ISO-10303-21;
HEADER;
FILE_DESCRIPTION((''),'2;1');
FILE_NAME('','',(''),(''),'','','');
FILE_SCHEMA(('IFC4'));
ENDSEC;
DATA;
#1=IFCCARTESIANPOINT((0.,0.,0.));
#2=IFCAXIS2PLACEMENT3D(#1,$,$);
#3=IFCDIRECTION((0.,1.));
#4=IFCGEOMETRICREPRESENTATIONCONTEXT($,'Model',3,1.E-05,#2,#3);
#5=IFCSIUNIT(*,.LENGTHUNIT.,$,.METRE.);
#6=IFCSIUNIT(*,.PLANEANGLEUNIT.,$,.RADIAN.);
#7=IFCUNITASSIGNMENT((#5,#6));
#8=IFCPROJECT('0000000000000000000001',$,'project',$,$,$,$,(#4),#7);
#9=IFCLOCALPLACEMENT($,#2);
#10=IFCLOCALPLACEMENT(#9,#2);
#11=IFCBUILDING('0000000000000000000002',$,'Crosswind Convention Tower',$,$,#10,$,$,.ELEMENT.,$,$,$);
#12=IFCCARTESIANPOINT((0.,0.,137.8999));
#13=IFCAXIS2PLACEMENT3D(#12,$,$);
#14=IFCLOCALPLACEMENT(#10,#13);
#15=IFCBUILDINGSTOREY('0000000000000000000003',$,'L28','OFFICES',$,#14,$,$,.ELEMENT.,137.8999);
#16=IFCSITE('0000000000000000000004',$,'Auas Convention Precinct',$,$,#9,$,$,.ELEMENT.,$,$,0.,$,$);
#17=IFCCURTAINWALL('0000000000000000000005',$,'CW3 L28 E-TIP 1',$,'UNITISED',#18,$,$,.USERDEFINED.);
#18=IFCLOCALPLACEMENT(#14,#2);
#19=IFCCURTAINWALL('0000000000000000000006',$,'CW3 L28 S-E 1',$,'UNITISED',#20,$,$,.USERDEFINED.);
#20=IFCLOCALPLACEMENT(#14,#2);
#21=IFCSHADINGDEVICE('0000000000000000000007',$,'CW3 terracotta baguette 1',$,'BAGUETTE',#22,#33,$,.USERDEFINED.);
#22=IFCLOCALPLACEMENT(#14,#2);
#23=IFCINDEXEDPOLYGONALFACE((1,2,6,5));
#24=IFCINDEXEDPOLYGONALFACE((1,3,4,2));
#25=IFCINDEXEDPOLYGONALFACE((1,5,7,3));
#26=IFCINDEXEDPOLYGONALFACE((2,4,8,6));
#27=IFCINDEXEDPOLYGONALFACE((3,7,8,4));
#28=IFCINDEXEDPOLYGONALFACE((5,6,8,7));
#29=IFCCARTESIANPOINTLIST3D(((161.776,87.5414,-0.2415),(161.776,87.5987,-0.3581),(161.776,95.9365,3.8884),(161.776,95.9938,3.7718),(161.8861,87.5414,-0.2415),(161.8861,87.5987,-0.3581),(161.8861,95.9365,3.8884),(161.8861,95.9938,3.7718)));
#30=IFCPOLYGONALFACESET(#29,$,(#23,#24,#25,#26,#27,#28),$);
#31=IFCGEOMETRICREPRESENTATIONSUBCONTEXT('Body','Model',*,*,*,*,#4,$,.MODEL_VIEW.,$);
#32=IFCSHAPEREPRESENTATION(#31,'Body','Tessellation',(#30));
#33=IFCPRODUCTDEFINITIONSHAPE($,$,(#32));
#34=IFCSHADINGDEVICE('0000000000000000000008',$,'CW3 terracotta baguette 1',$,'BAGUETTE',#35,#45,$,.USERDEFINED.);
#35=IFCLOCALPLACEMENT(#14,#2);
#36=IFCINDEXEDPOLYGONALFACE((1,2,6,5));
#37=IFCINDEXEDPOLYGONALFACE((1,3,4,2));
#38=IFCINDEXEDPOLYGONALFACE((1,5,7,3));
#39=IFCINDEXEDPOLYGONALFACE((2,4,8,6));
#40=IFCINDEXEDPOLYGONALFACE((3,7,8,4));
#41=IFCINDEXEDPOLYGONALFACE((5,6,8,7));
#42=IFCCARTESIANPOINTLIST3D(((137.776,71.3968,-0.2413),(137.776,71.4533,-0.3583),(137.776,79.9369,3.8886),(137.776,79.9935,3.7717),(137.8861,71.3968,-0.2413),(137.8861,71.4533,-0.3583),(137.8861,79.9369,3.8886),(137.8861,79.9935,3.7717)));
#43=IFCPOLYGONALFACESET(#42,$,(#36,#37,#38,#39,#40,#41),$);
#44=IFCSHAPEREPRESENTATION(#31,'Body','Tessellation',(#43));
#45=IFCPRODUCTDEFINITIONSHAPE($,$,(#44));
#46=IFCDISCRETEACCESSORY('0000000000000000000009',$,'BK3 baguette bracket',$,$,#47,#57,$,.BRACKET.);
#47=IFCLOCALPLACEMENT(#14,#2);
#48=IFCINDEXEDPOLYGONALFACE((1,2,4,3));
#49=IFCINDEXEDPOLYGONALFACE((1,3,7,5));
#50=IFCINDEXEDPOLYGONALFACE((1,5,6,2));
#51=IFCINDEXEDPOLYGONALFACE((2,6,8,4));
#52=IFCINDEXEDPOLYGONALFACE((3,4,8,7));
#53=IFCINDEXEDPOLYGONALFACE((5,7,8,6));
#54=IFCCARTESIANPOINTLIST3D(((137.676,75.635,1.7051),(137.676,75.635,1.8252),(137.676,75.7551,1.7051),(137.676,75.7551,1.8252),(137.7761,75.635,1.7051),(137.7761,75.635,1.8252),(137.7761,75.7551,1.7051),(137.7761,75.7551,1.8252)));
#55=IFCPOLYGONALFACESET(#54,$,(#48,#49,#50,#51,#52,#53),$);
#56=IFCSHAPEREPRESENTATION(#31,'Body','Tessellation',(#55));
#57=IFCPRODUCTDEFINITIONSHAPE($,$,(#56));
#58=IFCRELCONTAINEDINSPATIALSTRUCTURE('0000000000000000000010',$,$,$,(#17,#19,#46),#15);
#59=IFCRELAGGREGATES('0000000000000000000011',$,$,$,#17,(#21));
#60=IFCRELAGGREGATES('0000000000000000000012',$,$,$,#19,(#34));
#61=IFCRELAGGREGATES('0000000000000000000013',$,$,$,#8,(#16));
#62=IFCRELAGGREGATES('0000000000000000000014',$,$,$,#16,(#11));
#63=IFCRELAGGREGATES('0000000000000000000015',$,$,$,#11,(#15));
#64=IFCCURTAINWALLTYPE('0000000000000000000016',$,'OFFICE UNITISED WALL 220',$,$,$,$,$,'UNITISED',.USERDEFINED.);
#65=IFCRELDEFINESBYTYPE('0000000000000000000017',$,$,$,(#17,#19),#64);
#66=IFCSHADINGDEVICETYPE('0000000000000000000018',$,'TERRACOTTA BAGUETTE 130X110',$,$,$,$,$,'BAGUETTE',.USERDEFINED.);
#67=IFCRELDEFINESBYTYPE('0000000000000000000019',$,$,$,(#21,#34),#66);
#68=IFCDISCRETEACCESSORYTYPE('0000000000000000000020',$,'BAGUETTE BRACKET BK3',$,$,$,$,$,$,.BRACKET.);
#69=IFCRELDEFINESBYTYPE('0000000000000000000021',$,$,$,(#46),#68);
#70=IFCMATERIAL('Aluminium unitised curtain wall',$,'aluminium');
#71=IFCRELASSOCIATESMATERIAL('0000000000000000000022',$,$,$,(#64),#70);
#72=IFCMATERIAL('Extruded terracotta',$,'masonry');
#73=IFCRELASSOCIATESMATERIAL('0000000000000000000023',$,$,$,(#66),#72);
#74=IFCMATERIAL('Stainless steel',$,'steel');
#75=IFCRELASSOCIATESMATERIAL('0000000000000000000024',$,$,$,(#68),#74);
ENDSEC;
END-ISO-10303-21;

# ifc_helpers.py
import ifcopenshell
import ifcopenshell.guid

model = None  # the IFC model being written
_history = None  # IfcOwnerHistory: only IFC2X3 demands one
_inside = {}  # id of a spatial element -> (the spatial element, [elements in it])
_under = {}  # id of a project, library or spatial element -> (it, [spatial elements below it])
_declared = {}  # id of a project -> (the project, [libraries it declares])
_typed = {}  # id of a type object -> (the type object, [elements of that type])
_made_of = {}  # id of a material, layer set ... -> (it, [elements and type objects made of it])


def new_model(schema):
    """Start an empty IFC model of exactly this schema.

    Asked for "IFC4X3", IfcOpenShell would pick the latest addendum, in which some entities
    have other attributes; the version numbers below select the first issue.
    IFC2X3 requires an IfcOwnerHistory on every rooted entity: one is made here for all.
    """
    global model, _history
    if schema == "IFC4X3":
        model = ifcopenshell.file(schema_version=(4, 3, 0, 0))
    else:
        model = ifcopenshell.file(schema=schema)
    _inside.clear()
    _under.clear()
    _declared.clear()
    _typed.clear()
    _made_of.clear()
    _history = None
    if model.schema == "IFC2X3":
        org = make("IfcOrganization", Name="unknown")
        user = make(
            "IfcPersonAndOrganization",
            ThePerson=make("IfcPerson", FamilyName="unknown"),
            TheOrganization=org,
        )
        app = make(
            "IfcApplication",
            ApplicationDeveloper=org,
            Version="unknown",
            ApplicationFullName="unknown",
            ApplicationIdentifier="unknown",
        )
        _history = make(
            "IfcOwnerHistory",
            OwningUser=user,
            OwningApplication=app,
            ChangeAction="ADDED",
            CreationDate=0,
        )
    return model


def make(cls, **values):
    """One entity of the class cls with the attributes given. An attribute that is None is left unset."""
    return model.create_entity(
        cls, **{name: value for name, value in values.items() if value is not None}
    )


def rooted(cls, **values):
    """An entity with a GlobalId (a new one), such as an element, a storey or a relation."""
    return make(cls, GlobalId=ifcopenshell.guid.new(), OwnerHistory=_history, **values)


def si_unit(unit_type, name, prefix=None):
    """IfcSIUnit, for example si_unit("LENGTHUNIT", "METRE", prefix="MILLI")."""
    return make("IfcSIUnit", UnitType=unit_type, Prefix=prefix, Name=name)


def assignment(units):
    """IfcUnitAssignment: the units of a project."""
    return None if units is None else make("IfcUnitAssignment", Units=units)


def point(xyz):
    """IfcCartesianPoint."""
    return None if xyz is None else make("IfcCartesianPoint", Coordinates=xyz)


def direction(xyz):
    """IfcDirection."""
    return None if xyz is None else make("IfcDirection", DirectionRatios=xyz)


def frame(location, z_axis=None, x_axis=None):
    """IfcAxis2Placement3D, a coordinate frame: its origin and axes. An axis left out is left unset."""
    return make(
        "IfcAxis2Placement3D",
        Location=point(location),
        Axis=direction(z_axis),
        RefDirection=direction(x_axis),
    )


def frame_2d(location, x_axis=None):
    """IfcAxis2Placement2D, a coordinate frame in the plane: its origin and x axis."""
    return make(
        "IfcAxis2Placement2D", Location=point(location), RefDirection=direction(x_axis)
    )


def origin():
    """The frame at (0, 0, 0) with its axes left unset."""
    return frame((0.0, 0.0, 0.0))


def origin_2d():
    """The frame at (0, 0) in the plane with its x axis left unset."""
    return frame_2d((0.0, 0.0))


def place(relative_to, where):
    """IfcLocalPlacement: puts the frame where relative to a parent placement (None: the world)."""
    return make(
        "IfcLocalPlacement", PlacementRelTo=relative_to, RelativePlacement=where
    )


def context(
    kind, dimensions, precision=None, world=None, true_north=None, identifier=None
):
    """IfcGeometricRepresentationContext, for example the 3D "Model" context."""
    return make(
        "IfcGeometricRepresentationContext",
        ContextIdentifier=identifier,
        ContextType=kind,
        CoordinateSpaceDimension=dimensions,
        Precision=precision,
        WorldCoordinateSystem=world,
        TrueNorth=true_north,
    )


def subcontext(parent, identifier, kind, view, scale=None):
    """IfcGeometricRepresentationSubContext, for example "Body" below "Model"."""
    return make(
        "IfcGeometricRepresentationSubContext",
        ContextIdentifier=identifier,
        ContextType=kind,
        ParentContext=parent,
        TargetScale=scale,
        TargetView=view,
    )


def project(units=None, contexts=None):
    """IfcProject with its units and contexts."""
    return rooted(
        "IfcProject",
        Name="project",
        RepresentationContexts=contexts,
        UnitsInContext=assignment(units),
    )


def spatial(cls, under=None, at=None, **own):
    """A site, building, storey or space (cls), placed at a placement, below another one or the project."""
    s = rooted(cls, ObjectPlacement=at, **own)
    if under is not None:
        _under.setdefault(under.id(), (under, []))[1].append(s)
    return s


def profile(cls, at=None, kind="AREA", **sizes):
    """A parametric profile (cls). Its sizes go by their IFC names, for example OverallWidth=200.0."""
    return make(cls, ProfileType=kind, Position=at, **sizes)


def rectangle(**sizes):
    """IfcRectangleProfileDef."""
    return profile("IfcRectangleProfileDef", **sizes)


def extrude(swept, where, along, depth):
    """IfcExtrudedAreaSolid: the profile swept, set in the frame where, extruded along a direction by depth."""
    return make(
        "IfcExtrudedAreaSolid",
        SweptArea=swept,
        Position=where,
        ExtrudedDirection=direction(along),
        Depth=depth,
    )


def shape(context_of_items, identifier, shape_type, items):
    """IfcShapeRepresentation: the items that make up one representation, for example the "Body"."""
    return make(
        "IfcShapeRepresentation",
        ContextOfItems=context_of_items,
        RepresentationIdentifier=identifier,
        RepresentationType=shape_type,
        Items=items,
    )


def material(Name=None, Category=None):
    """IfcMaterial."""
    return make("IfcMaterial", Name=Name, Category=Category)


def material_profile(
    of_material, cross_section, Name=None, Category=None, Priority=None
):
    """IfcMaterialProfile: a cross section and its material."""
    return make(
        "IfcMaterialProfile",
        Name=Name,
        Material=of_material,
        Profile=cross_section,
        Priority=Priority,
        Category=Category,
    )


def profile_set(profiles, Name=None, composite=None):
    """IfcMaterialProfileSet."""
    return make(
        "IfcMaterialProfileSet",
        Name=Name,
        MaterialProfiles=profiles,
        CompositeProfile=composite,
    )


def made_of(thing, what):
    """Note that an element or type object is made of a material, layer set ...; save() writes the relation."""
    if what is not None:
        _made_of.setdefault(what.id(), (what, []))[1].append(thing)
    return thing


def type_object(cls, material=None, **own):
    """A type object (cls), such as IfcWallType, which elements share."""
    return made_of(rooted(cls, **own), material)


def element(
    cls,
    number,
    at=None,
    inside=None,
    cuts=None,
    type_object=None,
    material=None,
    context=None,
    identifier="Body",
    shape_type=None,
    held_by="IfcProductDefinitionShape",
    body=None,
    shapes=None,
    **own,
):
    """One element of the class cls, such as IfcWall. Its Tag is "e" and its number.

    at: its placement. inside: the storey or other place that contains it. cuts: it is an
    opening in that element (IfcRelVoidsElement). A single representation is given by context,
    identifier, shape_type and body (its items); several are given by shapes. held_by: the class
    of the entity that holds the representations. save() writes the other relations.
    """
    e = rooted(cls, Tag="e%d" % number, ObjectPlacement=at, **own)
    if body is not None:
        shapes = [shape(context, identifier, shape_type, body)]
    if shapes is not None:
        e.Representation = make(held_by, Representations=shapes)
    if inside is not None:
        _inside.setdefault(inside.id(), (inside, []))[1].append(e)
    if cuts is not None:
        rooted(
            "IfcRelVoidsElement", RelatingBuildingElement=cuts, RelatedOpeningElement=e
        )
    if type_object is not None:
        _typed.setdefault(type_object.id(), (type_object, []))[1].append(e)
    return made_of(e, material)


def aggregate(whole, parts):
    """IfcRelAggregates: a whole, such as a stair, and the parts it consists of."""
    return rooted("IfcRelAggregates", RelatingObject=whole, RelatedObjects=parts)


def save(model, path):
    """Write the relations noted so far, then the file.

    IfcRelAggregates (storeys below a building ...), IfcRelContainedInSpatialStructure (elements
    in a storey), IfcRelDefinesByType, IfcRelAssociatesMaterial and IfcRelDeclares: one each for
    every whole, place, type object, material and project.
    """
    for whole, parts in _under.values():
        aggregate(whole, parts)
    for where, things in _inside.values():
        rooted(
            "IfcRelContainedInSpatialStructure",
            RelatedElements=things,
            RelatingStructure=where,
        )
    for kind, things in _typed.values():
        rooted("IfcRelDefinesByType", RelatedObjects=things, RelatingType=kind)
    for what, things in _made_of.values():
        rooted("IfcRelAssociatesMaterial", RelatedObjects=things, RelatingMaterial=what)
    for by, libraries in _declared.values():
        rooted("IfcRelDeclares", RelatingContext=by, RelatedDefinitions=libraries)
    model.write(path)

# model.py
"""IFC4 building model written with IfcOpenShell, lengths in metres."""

from ifc_helpers import new_model, si_unit, direction, frame, origin, origin_2d, place, context, subcontext, project, spatial, rectangle, extrude, material, material_profile, profile_set, type_object, element, aggregate, save


model = new_model("IFC4")

# Units and contexts
model_context = context("Model", 3, precision=1e-05, world=origin(), true_north=direction((0.0, 1.0)))
body_context = subcontext(model_context, "Body", "Model", "MODEL_VIEW")
ifc_project = project(units=[si_unit("LENGTHUNIT", "METRE"), si_unit("PLANEANGLEUNIT", "RADIAN")], contexts=[model_context])

# Site, building, storey
site_placement = place(None, origin())
site = spatial("IfcSite", under=ifc_project, at=site_placement, Name="Auas Convention Precinct", CompositionType="ELEMENT", RefElevation=0.0)
building_placement = place(site_placement, origin())
building = spatial("IfcBuilding", under=site, at=building_placement, Name="Crosswind Convention Tower", CompositionType="ELEMENT")
storey_placement = place(building_placement, frame((0.0, 0.0, 137.8999)))
storey = spatial("IfcBuildingStorey", under=building, at=storey_placement, Name="L28", Description="OFFICES", CompositionType="ELEMENT", Elevation=137.8999)

# Shared definitions
ifc_material_1 = material(Name="Aluminium unitised curtain wall", Category="aluminium")

# Curtain walls
curtain_wall_type_1 = type_object("IfcCurtainWallType", Name="OFFICE UNITISED WALL 220", ElementType="UNITISED", PredefinedType="USERDEFINED", material=ifc_material_1)
curtain_wall_1_placement = place(storey_placement, origin())
curtain_wall_1 = element("IfcCurtainWall", 1, at=curtain_wall_1_placement, inside=storey, type_object=curtain_wall_type_1, Name="CW3 L28 E-TIP 1", ObjectType="UNITISED", PredefinedType="USERDEFINED")
curtain_wall_2_placement = place(storey_placement, origin())
curtain_wall_2 = element("IfcCurtainWall", 2, at=curtain_wall_2_placement, inside=storey, type_object=curtain_wall_type_1, Name="CW3 L28 S-E 1", ObjectType="UNITISED", PredefinedType="USERDEFINED")

# Shading devices
ifc_material_2 = material(Name="Extruded terracotta", Category="masonry")
ifc_material_profile_1 = material_profile(ifc_material_2, rectangle(XDim=0.1101, YDim=0.1299, at=origin_2d()), Name="TC 110X130")
ifc_profile_set_1 = profile_set([ifc_material_profile_1], Name="Extruded terracotta")
shading_device_type = type_object("IfcShadingDeviceType", Name="TERRACOTTA BAGUETTE 130X110", ElementType="BAGUETTE", PredefinedType="USERDEFINED", material=ifc_profile_set_1)
shading_device_1_placement = place(storey_placement, frame((161.8311, 87.5701, -0.2998), z_axis=(0.0, 0.8973, 0.441422), x_axis=(-1.0, 0.0, 0.0)))
shading_device_1 = element("IfcShadingDevice", 3, at=shading_device_1_placement, type_object=shading_device_type, Name="CW3 terracotta baguette 1", ObjectType="BAGUETTE", PredefinedType="USERDEFINED", context=body_context, shape_type="SweptSolid", body=[
    extrude(rectangle(XDim=0.1101, YDim=0.1299, at=origin_2d()), origin(), (0.0, 0.0, 1.0), 9.356),
])
aggregate(curtain_wall_1, [shading_device_1])
shading_device_2_placement = place(storey_placement, frame((137.8311, 71.425, -0.2998), z_axis=(0.0, 0.900258, 0.435356), x_axis=(-1.0, 0.0, 0.0)))
shading_device_2 = element("IfcShadingDevice", 4, at=shading_device_2_placement, type_object=shading_device_type, Name="CW3 terracotta baguette 1", ObjectType="BAGUETTE", PredefinedType="USERDEFINED", context=body_context, shape_type="SweptSolid", body=[
    extrude(rectangle(XDim=0.1101, YDim=0.1299, at=origin_2d()), origin(), (0.0, 0.0, 1.0), 9.4863),
])
aggregate(curtain_wall_2, [shading_device_2])

# Discrete accessory
ifc_material_3 = material(Name="Stainless steel", Category="steel")
discrete_accessory_type = type_object("IfcDiscreteAccessoryType", Name="BAGUETTE BRACKET BK3", PredefinedType="BRACKET", material=ifc_material_3)
discrete_accessory_placement = place(storey_placement, frame((137.7261, 75.6951, 1.7051), z_axis=(0.0, 0.0, 1.0), x_axis=(0.0, 1.0, 0.0)))
element("IfcDiscreteAccessory", 5, at=discrete_accessory_placement, inside=storey, type_object=discrete_accessory_type, Name="BK3 baguette bracket", PredefinedType="BRACKET", context=body_context, shape_type="SweptSolid", body=[
    extrude(rectangle(XDim=0.1201, YDim=0.1001, at=origin_2d()), origin(), (0.0, 0.0, 1.0), 0.1201),
])

save(model, "model.ifc")
